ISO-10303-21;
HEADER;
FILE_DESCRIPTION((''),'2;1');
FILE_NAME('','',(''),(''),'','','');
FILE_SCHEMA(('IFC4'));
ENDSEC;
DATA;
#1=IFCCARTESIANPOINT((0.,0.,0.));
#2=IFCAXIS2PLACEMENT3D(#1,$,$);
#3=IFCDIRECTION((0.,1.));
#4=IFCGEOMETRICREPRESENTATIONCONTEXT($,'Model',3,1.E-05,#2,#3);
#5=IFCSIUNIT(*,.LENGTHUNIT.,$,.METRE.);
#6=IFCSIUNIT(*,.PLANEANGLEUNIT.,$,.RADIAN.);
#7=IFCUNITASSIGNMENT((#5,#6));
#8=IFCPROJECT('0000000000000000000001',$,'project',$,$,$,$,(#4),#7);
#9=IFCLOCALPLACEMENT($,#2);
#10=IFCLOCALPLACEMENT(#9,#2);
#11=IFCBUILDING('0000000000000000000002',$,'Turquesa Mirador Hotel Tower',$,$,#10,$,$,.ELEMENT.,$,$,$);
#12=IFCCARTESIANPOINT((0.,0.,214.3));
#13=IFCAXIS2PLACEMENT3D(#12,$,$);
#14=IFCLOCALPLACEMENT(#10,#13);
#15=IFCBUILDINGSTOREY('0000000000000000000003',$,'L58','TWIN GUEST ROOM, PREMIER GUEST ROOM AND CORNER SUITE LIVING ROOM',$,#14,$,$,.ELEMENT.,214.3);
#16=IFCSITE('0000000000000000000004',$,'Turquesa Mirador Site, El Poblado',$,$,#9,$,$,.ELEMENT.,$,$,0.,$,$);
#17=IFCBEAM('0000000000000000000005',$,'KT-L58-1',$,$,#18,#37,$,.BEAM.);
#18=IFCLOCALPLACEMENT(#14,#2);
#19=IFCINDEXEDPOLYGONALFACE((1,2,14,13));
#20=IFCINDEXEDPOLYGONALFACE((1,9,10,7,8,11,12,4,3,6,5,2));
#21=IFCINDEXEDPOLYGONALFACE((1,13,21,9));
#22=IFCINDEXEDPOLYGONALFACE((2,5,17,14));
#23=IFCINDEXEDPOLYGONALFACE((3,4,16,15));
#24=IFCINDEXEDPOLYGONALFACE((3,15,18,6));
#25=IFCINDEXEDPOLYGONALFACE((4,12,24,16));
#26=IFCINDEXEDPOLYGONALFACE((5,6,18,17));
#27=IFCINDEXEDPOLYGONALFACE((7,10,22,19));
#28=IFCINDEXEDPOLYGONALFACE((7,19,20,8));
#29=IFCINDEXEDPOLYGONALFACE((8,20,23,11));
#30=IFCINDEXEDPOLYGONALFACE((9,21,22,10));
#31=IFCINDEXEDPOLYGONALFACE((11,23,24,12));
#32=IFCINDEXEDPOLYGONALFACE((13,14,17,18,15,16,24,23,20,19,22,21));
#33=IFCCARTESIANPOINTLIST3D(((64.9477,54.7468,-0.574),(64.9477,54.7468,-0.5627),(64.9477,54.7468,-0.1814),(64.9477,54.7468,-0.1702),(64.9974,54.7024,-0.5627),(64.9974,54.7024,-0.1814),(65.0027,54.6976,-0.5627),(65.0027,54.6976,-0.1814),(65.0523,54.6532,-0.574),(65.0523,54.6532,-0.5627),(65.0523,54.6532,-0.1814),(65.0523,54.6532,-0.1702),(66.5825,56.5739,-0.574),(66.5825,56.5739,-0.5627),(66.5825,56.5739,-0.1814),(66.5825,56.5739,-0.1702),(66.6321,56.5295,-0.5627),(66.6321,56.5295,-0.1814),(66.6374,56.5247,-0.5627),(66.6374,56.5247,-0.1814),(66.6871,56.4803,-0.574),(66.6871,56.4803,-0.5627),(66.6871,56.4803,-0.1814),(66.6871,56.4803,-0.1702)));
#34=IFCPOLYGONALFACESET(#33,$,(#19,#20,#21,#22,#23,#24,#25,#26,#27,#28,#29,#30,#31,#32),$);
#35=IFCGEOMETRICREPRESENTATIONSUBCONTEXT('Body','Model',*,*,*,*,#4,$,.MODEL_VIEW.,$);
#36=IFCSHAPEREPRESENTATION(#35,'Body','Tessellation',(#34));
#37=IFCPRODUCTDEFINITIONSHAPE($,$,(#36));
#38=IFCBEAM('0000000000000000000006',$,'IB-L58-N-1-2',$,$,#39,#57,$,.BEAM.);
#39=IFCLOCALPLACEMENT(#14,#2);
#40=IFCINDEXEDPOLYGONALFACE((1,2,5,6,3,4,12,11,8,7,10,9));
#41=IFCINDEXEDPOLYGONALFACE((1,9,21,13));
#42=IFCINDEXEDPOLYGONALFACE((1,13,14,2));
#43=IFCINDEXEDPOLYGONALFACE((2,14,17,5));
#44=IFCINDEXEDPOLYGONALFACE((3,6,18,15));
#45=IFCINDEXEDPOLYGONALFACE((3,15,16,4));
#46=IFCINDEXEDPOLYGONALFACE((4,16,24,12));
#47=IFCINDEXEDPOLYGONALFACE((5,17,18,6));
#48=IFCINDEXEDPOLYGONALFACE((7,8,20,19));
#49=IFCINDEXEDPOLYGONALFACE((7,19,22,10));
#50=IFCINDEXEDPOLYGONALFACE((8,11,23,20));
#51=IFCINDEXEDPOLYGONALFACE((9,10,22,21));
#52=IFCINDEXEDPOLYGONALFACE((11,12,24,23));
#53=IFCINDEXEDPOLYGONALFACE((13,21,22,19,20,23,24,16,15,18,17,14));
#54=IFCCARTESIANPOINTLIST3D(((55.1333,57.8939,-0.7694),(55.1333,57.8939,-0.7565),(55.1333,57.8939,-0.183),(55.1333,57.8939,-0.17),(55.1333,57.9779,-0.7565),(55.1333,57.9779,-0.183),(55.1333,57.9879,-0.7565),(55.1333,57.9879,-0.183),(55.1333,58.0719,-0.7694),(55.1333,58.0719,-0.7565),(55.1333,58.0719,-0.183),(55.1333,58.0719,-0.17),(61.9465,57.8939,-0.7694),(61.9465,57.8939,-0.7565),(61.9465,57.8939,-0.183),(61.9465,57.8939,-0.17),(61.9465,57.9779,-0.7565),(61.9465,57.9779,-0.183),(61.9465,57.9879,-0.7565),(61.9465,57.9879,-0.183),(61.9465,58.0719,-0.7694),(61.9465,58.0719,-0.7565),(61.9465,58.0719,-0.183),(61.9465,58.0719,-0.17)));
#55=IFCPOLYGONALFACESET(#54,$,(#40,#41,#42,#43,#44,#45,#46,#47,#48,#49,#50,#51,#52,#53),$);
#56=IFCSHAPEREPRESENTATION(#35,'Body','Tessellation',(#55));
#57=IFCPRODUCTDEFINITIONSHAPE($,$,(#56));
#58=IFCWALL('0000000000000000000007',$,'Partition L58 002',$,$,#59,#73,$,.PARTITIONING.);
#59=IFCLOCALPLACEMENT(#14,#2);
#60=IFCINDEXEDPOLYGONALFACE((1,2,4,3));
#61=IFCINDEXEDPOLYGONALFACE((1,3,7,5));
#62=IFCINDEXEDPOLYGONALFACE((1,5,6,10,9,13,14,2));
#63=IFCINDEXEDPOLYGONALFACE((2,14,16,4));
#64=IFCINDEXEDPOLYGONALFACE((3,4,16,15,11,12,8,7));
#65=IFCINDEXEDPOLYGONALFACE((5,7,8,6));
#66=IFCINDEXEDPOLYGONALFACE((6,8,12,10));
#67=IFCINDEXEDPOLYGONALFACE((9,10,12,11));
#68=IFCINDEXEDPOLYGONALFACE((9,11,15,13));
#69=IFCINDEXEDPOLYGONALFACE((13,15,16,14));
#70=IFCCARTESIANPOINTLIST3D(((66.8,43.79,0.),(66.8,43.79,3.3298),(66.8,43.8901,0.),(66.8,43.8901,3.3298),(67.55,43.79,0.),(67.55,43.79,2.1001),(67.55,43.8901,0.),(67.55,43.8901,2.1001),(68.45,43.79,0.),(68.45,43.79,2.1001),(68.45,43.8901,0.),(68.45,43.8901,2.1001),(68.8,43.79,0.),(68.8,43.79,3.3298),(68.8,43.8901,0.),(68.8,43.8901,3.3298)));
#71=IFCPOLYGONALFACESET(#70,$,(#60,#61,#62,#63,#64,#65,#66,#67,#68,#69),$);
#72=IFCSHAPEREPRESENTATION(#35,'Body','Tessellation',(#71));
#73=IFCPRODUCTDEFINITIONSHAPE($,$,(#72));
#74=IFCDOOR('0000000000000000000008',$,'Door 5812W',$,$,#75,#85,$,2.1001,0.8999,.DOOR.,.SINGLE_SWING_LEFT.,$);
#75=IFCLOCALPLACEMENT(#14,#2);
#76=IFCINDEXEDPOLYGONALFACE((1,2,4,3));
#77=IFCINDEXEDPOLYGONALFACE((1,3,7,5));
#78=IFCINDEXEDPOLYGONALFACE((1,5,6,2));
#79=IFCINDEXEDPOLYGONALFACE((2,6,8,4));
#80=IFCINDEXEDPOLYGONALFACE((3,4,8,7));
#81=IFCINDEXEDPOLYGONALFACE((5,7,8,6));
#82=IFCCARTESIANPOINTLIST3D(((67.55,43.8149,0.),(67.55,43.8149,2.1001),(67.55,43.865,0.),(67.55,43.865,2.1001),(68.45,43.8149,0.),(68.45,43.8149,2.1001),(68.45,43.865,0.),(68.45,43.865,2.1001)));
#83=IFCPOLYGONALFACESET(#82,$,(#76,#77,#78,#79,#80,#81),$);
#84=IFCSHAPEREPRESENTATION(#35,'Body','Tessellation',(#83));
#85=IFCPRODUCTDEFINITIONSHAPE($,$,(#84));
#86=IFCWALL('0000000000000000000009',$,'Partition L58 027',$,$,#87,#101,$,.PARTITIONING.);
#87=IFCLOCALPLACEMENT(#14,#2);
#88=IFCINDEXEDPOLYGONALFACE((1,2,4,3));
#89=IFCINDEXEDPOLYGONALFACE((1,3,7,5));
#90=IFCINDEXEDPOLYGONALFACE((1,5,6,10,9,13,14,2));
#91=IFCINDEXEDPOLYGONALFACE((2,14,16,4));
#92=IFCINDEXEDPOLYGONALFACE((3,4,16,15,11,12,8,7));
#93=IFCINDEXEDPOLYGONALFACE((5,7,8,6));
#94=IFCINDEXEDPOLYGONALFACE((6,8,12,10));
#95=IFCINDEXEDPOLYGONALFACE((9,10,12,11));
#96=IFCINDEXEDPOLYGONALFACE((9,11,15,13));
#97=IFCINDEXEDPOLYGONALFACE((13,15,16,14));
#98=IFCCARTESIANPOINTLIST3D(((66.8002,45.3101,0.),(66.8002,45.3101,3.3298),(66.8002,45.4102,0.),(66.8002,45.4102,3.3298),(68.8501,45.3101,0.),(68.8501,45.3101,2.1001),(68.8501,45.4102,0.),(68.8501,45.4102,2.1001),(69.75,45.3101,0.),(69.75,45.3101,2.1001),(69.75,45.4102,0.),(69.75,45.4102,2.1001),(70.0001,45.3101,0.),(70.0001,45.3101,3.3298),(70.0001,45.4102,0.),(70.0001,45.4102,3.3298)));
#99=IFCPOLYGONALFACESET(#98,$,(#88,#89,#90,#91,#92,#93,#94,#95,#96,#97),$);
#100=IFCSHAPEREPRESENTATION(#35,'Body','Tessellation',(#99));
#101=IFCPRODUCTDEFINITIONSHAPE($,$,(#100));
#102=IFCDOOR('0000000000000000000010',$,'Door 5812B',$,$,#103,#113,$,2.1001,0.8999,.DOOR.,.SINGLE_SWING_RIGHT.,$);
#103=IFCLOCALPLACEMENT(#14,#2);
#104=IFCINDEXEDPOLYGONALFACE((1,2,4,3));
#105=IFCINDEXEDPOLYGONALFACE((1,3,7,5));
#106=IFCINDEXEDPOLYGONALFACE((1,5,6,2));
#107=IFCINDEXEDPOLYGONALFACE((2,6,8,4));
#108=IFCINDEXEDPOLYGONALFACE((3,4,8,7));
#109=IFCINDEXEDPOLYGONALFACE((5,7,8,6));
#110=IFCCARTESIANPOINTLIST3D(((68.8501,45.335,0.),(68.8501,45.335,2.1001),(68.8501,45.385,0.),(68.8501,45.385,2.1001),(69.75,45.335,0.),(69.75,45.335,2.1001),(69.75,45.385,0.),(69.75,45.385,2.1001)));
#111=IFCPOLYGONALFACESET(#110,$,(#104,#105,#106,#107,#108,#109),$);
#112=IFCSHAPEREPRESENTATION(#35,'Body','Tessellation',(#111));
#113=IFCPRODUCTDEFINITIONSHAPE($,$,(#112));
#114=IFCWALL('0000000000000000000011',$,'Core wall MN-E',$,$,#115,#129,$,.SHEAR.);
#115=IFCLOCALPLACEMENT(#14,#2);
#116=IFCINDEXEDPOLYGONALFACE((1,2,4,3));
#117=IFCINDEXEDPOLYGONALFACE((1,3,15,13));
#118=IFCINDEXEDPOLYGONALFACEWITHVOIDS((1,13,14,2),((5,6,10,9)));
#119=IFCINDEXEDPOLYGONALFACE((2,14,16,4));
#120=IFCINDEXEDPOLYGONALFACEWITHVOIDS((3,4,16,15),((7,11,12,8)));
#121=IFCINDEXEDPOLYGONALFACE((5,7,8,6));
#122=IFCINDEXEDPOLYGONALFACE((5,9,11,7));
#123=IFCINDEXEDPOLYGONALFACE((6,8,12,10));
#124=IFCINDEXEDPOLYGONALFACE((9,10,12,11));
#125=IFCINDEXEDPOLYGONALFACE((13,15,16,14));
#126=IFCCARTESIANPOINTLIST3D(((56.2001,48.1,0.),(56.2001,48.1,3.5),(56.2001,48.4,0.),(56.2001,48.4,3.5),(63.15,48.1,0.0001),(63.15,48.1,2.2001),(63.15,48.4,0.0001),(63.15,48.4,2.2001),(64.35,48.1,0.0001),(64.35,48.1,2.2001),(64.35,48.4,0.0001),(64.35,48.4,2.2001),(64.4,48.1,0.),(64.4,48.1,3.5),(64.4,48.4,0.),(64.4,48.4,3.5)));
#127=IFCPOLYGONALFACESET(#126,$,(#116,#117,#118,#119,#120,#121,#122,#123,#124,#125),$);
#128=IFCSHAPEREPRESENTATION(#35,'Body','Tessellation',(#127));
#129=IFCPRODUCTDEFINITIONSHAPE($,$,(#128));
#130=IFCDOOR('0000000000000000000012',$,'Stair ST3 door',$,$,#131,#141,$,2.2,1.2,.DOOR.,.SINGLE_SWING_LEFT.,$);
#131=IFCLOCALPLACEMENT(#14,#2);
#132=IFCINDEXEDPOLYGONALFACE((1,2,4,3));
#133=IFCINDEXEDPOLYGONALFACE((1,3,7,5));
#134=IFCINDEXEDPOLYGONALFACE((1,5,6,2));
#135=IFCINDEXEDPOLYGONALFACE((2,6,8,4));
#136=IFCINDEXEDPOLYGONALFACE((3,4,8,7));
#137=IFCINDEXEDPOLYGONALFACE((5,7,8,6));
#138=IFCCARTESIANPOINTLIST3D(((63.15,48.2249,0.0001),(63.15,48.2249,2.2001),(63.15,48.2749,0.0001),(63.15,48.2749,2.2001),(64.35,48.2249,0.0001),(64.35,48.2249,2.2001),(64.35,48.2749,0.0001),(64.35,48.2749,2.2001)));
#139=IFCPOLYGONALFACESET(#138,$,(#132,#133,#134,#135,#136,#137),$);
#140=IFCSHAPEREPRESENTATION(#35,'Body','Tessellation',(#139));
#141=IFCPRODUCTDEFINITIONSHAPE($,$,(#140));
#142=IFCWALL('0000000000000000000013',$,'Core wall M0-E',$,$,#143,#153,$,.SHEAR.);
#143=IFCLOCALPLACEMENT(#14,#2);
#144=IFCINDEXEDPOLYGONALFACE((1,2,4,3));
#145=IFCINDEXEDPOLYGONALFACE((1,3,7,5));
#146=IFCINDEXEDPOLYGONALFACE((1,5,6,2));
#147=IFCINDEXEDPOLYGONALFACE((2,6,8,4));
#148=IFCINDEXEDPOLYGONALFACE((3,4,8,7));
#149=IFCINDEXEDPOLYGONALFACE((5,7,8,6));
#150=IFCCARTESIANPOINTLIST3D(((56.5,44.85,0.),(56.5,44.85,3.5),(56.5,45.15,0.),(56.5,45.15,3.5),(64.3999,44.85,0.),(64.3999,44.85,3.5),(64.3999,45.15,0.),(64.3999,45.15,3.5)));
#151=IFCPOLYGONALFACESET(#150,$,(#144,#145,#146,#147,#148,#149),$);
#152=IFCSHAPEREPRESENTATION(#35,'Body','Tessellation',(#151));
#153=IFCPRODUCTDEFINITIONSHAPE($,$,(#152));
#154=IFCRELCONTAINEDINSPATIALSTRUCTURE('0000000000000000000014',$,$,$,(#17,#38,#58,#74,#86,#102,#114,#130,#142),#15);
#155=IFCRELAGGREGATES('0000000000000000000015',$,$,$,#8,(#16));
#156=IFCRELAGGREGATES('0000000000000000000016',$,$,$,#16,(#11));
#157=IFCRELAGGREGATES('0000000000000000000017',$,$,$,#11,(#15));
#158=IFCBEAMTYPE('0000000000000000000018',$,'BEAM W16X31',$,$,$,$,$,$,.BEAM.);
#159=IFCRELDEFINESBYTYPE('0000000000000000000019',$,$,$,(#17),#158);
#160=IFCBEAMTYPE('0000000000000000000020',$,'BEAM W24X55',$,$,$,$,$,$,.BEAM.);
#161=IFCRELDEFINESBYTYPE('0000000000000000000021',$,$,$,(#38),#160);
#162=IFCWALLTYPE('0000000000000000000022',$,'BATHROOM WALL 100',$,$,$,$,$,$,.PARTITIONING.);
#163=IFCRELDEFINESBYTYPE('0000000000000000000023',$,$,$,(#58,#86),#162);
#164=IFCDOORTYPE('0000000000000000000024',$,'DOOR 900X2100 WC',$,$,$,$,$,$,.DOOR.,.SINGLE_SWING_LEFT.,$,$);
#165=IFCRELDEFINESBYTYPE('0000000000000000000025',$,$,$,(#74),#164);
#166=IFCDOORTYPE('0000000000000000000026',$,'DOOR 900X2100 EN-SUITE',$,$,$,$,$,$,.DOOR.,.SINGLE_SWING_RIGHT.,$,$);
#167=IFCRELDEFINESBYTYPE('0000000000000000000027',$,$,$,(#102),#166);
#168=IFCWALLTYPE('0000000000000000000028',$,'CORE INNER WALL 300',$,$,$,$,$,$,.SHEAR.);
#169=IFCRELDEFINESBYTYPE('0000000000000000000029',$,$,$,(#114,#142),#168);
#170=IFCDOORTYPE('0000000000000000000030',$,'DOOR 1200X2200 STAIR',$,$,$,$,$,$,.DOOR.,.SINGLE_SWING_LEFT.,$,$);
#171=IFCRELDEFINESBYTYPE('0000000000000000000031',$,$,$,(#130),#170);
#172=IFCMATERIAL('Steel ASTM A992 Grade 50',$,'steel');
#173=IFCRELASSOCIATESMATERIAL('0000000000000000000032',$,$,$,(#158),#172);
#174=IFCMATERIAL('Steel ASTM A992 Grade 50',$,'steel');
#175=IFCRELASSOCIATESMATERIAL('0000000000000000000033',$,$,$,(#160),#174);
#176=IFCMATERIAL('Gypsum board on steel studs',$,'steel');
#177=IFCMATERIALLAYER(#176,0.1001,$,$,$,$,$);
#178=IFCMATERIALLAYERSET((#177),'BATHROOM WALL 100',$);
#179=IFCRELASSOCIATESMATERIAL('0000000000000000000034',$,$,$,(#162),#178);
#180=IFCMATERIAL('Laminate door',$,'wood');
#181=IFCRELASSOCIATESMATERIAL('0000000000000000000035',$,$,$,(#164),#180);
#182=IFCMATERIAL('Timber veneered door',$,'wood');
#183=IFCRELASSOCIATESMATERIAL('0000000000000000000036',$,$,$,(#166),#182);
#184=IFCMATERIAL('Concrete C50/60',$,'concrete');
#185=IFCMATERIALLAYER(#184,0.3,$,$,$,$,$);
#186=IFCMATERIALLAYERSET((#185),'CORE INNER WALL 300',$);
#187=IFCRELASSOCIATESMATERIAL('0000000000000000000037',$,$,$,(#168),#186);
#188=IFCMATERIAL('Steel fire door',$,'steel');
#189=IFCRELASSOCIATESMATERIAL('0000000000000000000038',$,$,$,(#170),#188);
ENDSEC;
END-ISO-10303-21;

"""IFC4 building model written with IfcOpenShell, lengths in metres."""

from ifc_helpers import new_model, si_unit, direction, frame, frame_2d, origin, origin_2d, place, context, subcontext, project, spatial, rectangle, i_section, extrude, material, layer, layer_set, material_profile, profile_set, type_object, element, fill, save


model = new_model("IFC4")

# Units and contexts
model_context = context("Model", 3, precision=1e-05, world=origin(), true_north=direction((0.0, 1.0)))
body_context = subcontext(model_context, "Body", "Model", "MODEL_VIEW")
ifc_project = project(units=[si_unit("LENGTHUNIT", "METRE"), si_unit("PLANEANGLEUNIT", "RADIAN")], contexts=[model_context])

# Site, building, storey
site_placement = place(None, origin())
site = spatial("IfcSite", under=ifc_project, at=site_placement, Name="Turquesa Mirador Site, El Poblado", CompositionType="ELEMENT", RefElevation=0.0)
building_placement = place(site_placement, origin())
building = spatial("IfcBuilding", under=site, at=building_placement, Name="Turquesa Mirador Hotel Tower", CompositionType="ELEMENT")
storey_placement = place(building_placement, frame((0.0, 0.0, 214.3)))
storey = spatial("IfcBuildingStorey", under=building, at=storey_placement, Name="L58", Description="TWIN GUEST ROOM, PREMIER GUEST ROOM AND CORNER SUITE LIVING ROOM", CompositionType="ELEMENT", Elevation=214.3)

# Beams
ifc_material_1 = material(Name="Steel ASTM A992 Grade 50", Category="steel")
ifc_material_profile_1 = material_profile(ifc_material_1, i_section(OverallWidth=0.1404, OverallDepth=0.4038, WebThickness=0.0071, FlangeThickness=0.0112, at=origin_2d()), Name="W16X31")
ifc_profile_set_1 = profile_set([ifc_material_profile_1], Name="Steel ASTM A992 Grade 50")
beam_type_1 = type_object("IfcBeamType", Name="BEAM W16X31", PredefinedType="BEAM", material=ifc_profile_set_1)
beam_1_placement = place(storey_placement, frame((66.6348, 56.5271, -0.3721), z_axis=(-0.666783, -0.745252, 0.0), x_axis=(0.745252, -0.666783, 0.0)))
element("IfcBeam", 1, at=beam_1_placement, inside=storey, type_object=beam_type_1, Name="KT-L58-1", PredefinedType="BEAM", context=body_context, shape_type="SweptSolid", body=[
    extrude(i_section(OverallWidth=0.1404, OverallDepth=0.4038, WebThickness=0.0071, FlangeThickness=0.0112, at=origin_2d()), origin(), (0.0, 0.0, 1.0), 2.4517),
])
ifc_material_2 = material(Name="Steel ASTM A992 Grade 50", Category="steel")
ifc_material_profile_2 = material_profile(ifc_material_2, i_section(OverallWidth=0.178, OverallDepth=0.5994, WebThickness=0.01, FlangeThickness=0.0129, at=origin_2d()), Name="W24X55")
ifc_profile_set_2 = profile_set([ifc_material_profile_2], Name="Steel ASTM A992 Grade 50")
beam_type_2 = type_object("IfcBeamType", Name="BEAM W24X55", PredefinedType="BEAM", material=ifc_profile_set_2)
beam_2_placement = place(storey_placement, frame((55.1333, 57.9829, -0.4697), z_axis=(1.0, 0.0, 0.0), x_axis=(0.0, 1.0, 0.0)))
element("IfcBeam", 2, at=beam_2_placement, inside=storey, type_object=beam_type_2, Name="IB-L58-N-1-2", PredefinedType="BEAM", context=body_context, shape_type="SweptSolid", body=[
    extrude(i_section(OverallWidth=0.178, OverallDepth=0.5994, WebThickness=0.01, FlangeThickness=0.0129, at=origin_2d()), origin(), (0.0, 0.0, 1.0), 6.8132),
])

# Walls, openings, doors
ifc_material_3 = material(Name="Gypsum board on steel studs", Category="steel")
ifc_layer_1 = layer(ifc_material_3, 0.1001)
ifc_layer_set_1 = layer_set([ifc_layer_1], Name="BATHROOM WALL 100")
wall_type_1 = type_object("IfcWallType", Name="BATHROOM WALL 100", PredefinedType="PARTITIONING", material=ifc_layer_set_1)
wall_1_placement = place(storey_placement, frame((66.8, 43.8401, 0.0), z_axis=(0.0, 0.0, 1.0), x_axis=(1.0, 0.0, 0.0)))
wall_1 = element("IfcWall", 3, at=wall_1_placement, inside=storey, type_object=wall_type_1, Name="Partition L58 002", PredefinedType="PARTITIONING", context=body_context, shape_type="SweptSolid", body=[
    extrude(rectangle(XDim=2.0, YDim=0.1001, at=frame_2d((1.0, 0.0))), origin(), (0.0, 0.0, 1.0), 3.3298),
])
opening_1_placement = place(wall_1_placement, frame((0.75, 0.0, 0.0)))
opening_1 = element("IfcOpeningElement", 4, at=opening_1_placement, cuts=wall_1, PredefinedType="OPENING", context=body_context, shape_type="SweptSolid", body=[
    extrude(rectangle(XDim=0.8999, YDim=2.1001, at=frame_2d((0.45, 1.05))), frame((0.0, 0.0601, 0.0), z_axis=(0.0, -1.0, 0.0), x_axis=(1.0, 0.0, 0.0)), (0.0, 0.0, 1.0), 0.1201),
])
ifc_material_4 = material(Name="Laminate door", Category="wood")
door_type_1 = type_object("IfcDoorType", Name="DOOR 900X2100 WC", OperationType="SINGLE_SWING_LEFT", PredefinedType="DOOR", material=ifc_material_4)
door_1_placement = place(opening_1_placement, origin())
door_1 = element("IfcDoor", 5, at=door_1_placement, inside=storey, type_object=door_type_1, Name="Door 5812W", OperationType="SINGLE_SWING_LEFT", OverallHeight=2.1001, OverallWidth=0.8999, PredefinedType="DOOR", context=body_context, shape_type="SweptSolid", body=[
    extrude(rectangle(XDim=0.8999, YDim=2.1001, at=frame_2d((0.45, 1.05))), frame((0.0, 0.0249, 0.0), z_axis=(0.0, -1.0, 0.0), x_axis=(1.0, 0.0, 0.0)), (0.0, 0.0, 1.0), 0.05),
])
fill(opening_1, door_1)
wall_2_placement = place(storey_placement, frame((66.8, 45.3601, 0.0), z_axis=(0.0, 0.0, 1.0), x_axis=(1.0, 0.0, 0.0)))
wall_2 = element("IfcWall", 6, at=wall_2_placement, inside=storey, type_object=wall_type_1, Name="Partition L58 027", PredefinedType="PARTITIONING", context=body_context, shape_type="SweptSolid", body=[
    extrude(rectangle(XDim=3.2, YDim=0.1001, at=frame_2d((1.6001, 0.0))), origin(), (0.0, 0.0, 1.0), 3.3298),
])
opening_2_placement = place(wall_2_placement, frame((2.05, 0.0, 0.0)))
opening_2 = element("IfcOpeningElement", 7, at=opening_2_placement, cuts=wall_2, PredefinedType="OPENING", context=body_context, shape_type="SweptSolid", body=[
    extrude(rectangle(XDim=0.8999, YDim=2.1001, at=frame_2d((0.45, 1.05))), frame((0.0, 0.0601, 0.0), z_axis=(0.0, -1.0, 0.0), x_axis=(1.0, 0.0, 0.0)), (0.0, 0.0, 1.0), 0.1201),
])
ifc_material_5 = material(Name="Timber veneered door", Category="wood")
door_type_2 = type_object("IfcDoorType", Name="DOOR 900X2100 EN-SUITE", OperationType="SINGLE_SWING_RIGHT", PredefinedType="DOOR", material=ifc_material_5)
door_2_placement = place(opening_2_placement, origin())
door_2 = element("IfcDoor", 8, at=door_2_placement, inside=storey, type_object=door_type_2, Name="Door 5812B", OperationType="SINGLE_SWING_RIGHT", OverallHeight=2.1001, OverallWidth=0.8999, PredefinedType="DOOR", context=body_context, shape_type="SweptSolid", body=[
    extrude(rectangle(XDim=0.8999, YDim=2.1001, at=frame_2d((0.45, 1.05))), frame((0.0, 0.0249, 0.0), z_axis=(0.0, -1.0, 0.0), x_axis=(1.0, 0.0, 0.0)), (0.0, 0.0, 1.0), 0.05),
])
fill(opening_2, door_2)
ifc_material_6 = material(Name="Concrete C50/60", Category="concrete")
ifc_layer_2 = layer(ifc_material_6, 0.3)
ifc_layer_set_2 = layer_set([ifc_layer_2], Name="CORE INNER WALL 300")
wall_type_2 = type_object("IfcWallType", Name="CORE INNER WALL 300", PredefinedType="SHEAR", material=ifc_layer_set_2)
wall_3_placement = place(storey_placement, frame((56.2, 48.25, 0.0), z_axis=(0.0, 0.0, 1.0), x_axis=(1.0, 0.0, 0.0)))
wall_3 = element("IfcWall", 9, at=wall_3_placement, inside=storey, type_object=wall_type_2, Name="Core wall MN-E", PredefinedType="SHEAR", context=body_context, shape_type="SweptSolid", body=[
    extrude(rectangle(XDim=8.2, YDim=0.3, at=frame_2d((4.1001, 0.0))), origin(), (0.0, 0.0, 1.0), 3.5),
])
opening_3_placement = place(wall_3_placement, frame((6.95, 0.0, 0.0)))
opening_3 = element("IfcOpeningElement", 10, at=opening_3_placement, cuts=wall_3, PredefinedType="OPENING", context=body_context, shape_type="SweptSolid", body=[
    extrude(rectangle(XDim=1.2, YDim=2.2, at=frame_2d((0.6001, 1.1001))), frame((0.0, 0.1599, 0.0), z_axis=(0.0, -1.0, 0.0), x_axis=(1.0, 0.0, 0.0)), (0.0, 0.0, 1.0), 0.3201),
])
ifc_material_7 = material(Name="Steel fire door", Category="steel")
door_type_3 = type_object("IfcDoorType", Name="DOOR 1200X2200 STAIR", OperationType="SINGLE_SWING_LEFT", PredefinedType="DOOR", material=ifc_material_7)
door_3_placement = place(opening_3_placement, origin())
door_3 = element("IfcDoor", 11, at=door_3_placement, inside=storey, type_object=door_type_3, Name="Stair ST3 door", OperationType="SINGLE_SWING_LEFT", OverallHeight=2.2, OverallWidth=1.2, PredefinedType="DOOR", context=body_context, shape_type="SweptSolid", body=[
    extrude(rectangle(XDim=1.2, YDim=2.2, at=frame_2d((0.6001, 1.1001))), frame((0.0, 0.0249, 0.0), z_axis=(0.0, -1.0, 0.0), x_axis=(1.0, 0.0, 0.0)), (0.0, 0.0, 1.0), 0.05),
])
fill(opening_3, door_3)

# Wall
wall_4_placement = place(storey_placement, frame((56.5, 45.0, 0.0), z_axis=(0.0, 0.0, 1.0), x_axis=(1.0, 0.0, 0.0)))
element("IfcWall", 12, at=wall_4_placement, inside=storey, type_object=wall_type_2, Name="Core wall M0-E", PredefinedType="SHEAR", context=body_context, shape_type="SweptSolid", body=[
    extrude(rectangle(XDim=7.8999, YDim=0.3, at=frame_2d((3.95, 0.0))), origin(), (0.0, 0.0, 1.0), 3.5),
])

save(model, "model.ifc")
